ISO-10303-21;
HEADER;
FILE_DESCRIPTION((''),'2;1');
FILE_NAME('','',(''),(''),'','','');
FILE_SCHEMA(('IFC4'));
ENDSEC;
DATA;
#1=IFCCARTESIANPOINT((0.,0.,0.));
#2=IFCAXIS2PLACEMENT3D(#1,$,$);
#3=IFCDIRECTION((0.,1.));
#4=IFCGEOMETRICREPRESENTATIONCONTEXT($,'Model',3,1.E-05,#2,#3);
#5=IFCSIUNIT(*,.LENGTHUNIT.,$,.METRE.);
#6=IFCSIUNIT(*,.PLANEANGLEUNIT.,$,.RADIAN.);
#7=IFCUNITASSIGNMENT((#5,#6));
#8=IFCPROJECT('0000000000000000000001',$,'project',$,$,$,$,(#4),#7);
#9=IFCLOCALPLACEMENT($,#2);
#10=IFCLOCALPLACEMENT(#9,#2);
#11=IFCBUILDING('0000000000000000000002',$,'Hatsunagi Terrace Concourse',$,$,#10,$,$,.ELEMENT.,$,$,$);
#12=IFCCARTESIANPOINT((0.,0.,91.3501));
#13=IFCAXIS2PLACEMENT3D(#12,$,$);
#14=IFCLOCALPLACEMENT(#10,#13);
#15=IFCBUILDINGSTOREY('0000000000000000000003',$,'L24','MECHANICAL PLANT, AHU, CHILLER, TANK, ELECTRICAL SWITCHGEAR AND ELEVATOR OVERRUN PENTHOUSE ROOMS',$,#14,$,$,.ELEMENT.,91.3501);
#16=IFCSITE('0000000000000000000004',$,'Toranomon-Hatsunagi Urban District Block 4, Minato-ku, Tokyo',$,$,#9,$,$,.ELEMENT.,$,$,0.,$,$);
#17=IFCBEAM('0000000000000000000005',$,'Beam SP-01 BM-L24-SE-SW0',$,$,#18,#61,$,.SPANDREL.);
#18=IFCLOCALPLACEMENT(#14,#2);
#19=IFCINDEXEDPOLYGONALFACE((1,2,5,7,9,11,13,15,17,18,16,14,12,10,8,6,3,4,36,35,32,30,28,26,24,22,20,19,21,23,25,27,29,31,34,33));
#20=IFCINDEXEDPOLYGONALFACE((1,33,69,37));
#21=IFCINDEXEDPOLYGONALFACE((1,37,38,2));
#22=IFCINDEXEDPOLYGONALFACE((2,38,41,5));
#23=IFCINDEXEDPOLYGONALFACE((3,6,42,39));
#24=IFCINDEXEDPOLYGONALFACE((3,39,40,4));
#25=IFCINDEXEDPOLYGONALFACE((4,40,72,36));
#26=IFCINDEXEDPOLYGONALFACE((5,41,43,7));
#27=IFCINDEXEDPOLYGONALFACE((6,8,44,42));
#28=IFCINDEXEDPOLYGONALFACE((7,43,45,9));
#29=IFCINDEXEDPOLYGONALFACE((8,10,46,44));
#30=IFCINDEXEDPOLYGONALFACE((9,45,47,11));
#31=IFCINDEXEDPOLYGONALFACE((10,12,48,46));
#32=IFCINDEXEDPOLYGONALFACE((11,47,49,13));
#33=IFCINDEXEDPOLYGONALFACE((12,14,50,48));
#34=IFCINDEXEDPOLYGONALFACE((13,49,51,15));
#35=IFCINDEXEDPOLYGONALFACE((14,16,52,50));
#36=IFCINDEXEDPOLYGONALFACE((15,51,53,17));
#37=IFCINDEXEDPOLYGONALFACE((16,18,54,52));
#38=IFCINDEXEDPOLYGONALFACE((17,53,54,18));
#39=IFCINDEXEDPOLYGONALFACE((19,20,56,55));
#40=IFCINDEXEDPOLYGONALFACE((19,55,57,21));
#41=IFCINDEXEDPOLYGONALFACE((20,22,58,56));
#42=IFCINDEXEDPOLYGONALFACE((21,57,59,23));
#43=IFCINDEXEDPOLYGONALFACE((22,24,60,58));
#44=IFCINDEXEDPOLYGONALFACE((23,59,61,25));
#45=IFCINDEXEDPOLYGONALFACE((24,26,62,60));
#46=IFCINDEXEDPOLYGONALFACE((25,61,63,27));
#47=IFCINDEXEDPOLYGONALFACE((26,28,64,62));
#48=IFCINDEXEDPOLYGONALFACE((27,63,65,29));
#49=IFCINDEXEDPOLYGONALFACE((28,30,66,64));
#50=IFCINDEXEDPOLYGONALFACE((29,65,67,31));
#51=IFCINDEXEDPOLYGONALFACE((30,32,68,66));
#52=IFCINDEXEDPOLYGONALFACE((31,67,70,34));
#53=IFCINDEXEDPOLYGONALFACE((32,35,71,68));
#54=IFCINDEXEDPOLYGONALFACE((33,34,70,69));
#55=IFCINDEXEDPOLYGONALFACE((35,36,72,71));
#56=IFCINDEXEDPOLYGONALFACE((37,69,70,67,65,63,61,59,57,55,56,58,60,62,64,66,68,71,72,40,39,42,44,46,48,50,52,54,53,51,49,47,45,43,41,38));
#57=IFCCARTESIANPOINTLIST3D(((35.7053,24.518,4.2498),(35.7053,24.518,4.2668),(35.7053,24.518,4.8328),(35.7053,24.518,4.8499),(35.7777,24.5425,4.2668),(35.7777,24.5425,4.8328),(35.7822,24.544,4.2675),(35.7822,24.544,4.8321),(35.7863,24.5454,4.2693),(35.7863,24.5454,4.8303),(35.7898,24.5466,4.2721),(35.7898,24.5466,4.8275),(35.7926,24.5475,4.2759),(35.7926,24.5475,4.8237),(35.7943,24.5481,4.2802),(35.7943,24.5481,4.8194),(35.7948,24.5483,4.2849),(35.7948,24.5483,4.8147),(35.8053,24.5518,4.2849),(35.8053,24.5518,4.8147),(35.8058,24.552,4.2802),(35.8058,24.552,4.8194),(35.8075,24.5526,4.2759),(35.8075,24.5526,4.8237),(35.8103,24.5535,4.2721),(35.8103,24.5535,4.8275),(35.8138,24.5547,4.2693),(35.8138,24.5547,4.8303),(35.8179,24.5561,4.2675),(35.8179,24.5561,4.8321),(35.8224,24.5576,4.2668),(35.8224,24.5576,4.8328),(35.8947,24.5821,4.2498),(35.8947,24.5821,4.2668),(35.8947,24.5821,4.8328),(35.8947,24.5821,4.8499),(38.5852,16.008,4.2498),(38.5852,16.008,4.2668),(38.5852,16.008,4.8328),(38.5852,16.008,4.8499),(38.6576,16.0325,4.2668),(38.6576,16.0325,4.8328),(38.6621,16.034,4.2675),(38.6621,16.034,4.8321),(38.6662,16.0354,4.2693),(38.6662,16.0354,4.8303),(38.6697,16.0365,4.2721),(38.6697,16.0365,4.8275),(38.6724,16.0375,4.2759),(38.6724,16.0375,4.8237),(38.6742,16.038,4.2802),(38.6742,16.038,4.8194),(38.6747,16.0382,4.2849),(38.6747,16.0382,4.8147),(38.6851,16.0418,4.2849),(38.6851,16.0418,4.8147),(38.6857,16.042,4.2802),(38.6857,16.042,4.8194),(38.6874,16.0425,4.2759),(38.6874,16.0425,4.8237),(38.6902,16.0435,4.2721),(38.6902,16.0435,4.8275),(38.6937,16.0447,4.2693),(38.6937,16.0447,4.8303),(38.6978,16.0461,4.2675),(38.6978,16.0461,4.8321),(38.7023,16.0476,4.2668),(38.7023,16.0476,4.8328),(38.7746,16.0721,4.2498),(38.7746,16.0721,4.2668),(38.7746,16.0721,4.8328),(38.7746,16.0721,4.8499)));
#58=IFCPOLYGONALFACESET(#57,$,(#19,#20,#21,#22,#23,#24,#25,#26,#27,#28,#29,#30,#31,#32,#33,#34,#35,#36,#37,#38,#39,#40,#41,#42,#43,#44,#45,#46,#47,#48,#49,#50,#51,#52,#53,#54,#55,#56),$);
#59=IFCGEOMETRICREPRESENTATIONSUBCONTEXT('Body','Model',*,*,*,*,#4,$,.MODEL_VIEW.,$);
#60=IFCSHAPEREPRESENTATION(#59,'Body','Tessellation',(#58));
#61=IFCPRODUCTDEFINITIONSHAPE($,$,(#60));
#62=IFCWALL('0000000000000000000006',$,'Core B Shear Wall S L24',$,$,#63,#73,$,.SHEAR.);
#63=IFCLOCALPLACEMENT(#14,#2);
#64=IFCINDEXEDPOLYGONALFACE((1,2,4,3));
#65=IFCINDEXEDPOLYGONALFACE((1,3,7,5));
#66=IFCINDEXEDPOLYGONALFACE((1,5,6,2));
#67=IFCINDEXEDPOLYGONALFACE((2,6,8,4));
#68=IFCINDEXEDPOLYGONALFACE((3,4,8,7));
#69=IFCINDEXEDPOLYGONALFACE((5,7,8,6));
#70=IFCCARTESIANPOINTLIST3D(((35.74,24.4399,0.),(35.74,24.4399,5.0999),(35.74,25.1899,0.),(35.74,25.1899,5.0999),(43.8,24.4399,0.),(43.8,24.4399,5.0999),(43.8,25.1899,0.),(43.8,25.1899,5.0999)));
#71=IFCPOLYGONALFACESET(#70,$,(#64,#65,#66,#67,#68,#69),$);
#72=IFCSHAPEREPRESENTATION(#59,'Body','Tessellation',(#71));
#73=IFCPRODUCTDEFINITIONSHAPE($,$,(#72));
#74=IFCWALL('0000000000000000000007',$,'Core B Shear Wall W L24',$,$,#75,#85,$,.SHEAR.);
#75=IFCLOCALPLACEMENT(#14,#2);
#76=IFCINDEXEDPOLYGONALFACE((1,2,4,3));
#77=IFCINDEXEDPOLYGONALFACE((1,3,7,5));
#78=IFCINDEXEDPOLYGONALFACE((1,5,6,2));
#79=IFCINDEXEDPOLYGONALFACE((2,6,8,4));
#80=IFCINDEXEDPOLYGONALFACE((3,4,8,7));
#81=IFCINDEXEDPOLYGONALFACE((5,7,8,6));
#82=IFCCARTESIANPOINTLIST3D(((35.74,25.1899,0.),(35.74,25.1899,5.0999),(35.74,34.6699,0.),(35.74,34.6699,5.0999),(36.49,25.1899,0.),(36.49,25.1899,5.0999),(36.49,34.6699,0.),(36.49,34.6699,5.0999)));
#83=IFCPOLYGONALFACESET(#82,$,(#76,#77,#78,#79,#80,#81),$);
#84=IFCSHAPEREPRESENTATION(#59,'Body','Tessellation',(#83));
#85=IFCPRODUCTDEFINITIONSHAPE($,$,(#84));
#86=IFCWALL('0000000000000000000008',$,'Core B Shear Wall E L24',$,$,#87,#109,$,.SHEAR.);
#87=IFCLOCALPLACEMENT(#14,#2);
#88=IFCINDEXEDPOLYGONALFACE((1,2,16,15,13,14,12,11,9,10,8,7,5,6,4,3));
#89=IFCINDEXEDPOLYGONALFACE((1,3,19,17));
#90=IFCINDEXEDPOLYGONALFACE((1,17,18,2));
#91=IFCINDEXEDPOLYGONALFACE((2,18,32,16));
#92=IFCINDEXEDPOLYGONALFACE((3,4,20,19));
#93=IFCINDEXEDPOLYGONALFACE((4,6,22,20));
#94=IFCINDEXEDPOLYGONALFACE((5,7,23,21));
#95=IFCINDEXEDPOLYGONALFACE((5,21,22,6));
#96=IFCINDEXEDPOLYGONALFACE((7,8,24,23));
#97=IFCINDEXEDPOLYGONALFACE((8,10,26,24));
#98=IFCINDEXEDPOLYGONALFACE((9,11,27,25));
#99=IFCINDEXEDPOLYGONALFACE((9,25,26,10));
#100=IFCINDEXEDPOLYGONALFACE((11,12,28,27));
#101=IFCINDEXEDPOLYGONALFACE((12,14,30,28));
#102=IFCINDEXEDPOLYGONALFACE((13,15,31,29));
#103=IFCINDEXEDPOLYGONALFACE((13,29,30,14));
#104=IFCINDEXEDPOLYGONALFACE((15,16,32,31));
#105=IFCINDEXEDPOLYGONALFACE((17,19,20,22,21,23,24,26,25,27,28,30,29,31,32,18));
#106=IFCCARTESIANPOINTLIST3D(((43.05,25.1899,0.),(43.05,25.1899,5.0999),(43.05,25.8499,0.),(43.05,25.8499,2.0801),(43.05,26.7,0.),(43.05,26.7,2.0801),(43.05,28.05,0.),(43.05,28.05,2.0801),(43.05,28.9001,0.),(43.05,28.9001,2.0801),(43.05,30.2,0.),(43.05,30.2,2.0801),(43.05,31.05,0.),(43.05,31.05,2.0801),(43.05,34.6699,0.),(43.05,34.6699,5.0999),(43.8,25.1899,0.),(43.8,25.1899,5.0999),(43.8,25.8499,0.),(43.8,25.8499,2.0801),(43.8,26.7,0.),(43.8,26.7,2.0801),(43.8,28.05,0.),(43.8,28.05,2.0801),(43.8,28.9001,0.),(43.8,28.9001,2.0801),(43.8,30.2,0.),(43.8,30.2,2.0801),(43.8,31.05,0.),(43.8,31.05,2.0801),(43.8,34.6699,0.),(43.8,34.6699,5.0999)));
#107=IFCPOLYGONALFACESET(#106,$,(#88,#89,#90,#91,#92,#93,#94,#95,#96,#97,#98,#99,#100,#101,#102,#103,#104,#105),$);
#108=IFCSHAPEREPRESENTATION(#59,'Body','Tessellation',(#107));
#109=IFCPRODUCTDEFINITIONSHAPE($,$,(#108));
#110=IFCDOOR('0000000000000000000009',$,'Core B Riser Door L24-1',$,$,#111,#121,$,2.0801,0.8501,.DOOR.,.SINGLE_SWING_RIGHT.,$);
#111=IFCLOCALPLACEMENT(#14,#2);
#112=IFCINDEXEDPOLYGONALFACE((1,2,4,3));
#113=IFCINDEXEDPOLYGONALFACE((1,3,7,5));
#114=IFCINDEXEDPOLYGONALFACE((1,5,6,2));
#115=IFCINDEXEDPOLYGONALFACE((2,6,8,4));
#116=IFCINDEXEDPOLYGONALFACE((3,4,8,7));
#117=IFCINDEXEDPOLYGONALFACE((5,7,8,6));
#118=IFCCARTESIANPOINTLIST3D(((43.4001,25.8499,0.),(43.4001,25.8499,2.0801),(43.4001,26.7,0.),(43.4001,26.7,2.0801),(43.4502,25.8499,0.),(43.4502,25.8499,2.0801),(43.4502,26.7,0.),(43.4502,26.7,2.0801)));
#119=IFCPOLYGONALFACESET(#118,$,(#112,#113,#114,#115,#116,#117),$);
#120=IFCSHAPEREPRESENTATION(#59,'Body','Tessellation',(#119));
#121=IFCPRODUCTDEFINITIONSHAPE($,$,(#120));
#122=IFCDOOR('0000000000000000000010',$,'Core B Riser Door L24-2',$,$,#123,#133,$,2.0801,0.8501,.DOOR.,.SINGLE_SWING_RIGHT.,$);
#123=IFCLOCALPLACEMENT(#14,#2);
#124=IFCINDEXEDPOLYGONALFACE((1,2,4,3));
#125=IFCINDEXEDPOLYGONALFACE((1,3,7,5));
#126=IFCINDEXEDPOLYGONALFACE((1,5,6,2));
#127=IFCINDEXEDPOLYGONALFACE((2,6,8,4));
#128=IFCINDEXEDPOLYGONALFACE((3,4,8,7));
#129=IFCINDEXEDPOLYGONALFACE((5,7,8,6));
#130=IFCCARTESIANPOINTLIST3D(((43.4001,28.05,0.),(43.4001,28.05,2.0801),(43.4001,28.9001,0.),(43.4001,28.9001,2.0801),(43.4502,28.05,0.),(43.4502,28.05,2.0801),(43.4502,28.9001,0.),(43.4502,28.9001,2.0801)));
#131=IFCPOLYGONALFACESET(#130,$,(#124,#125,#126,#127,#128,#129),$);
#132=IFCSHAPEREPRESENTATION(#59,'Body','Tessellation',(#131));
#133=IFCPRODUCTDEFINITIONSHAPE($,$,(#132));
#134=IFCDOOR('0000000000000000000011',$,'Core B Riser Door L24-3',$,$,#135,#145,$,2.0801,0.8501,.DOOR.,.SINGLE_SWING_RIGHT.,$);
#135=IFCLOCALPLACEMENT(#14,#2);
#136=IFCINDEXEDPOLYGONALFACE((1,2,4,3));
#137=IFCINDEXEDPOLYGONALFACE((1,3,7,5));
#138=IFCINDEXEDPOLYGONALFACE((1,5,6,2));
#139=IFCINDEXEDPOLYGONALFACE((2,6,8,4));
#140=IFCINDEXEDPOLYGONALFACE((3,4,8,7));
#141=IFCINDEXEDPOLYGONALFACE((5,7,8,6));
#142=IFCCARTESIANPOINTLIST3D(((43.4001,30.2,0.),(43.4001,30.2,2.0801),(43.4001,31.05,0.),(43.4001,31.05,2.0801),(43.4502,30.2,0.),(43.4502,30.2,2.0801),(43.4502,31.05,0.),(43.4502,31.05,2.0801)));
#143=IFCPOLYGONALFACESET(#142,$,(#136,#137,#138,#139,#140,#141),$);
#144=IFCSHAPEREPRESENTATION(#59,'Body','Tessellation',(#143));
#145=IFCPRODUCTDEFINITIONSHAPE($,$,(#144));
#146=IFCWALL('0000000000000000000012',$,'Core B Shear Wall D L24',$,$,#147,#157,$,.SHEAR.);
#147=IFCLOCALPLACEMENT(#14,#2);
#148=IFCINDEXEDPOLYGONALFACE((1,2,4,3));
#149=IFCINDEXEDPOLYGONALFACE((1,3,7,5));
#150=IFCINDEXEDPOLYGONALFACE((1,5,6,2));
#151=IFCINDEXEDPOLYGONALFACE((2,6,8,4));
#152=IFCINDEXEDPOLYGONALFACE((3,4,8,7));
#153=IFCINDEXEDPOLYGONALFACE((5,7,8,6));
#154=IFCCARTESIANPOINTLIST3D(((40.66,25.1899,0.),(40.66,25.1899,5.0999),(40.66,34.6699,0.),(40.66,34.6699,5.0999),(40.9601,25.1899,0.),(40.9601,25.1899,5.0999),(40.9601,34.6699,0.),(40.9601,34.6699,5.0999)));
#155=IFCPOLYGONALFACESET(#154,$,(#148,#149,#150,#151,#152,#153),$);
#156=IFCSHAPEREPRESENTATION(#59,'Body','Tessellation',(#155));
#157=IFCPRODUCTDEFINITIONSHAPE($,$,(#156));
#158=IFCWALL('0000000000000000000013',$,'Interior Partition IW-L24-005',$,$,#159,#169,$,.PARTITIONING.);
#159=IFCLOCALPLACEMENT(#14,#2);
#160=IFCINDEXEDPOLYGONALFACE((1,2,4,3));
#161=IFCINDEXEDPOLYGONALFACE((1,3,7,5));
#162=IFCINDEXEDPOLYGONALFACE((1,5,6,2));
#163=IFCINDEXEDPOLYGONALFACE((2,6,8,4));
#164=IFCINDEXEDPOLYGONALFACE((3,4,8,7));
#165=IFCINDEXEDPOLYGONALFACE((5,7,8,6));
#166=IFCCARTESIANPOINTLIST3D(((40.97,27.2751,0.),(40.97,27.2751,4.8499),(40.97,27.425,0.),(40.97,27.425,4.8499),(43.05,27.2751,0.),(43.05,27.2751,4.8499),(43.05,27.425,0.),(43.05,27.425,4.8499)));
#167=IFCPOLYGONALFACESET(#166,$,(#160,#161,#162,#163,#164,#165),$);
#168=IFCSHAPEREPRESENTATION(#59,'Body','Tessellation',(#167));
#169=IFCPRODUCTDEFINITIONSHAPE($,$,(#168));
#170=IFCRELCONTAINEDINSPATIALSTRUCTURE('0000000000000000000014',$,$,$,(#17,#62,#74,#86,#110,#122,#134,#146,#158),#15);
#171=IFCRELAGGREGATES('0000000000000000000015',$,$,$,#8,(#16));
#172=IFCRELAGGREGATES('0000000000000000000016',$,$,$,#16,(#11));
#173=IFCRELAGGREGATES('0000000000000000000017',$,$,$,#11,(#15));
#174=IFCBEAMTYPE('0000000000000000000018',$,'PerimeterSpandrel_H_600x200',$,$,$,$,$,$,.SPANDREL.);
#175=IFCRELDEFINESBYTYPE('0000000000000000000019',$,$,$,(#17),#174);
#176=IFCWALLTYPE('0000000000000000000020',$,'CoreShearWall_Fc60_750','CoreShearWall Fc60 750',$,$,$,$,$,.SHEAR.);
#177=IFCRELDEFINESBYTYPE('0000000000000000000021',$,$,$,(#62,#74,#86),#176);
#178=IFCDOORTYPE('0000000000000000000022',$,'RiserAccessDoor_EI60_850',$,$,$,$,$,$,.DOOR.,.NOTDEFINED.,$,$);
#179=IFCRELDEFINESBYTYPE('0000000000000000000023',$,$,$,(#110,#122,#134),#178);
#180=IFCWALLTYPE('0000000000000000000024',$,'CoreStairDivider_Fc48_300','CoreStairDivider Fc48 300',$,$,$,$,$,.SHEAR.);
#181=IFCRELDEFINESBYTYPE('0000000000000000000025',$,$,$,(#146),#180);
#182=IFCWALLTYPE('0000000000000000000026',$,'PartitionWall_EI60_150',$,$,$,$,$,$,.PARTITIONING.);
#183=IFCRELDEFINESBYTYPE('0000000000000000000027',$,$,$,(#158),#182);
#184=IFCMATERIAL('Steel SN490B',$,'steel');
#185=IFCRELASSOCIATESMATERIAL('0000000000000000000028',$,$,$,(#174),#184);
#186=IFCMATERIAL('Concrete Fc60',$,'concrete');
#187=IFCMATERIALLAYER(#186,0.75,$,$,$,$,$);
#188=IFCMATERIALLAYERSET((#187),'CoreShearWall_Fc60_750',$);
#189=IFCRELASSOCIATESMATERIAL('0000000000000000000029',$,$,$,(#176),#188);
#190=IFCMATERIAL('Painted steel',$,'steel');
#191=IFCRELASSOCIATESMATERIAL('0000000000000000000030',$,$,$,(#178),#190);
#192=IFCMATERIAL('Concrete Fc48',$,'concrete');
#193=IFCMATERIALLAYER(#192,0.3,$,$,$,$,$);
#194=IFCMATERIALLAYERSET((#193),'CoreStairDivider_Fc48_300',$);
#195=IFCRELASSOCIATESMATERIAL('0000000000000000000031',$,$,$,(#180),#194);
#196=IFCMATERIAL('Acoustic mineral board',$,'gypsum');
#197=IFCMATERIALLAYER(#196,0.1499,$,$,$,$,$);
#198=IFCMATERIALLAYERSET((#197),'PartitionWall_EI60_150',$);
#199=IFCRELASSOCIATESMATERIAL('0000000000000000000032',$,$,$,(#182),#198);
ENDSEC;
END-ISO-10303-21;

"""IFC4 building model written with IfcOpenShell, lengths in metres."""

from ifc_helpers import new_model, si_unit, direction, frame, frame_2d, origin, origin_2d, place, context, subcontext, project, spatial, rectangle, i_section, extrude, material, layer, layer_set, material_profile, profile_set, type_object, element, fill, save


model = new_model("IFC4")

# Units and contexts
model_context = context("Model", 3, precision=1e-05, world=origin(), true_north=direction((0.0, 1.0)))
body_context = subcontext(model_context, "Body", "Model", "MODEL_VIEW")
ifc_project = project(units=[si_unit("LENGTHUNIT", "METRE"), si_unit("PLANEANGLEUNIT", "RADIAN")], contexts=[model_context])

# Site, building, storey
site_placement = place(None, origin())
site = spatial("IfcSite", under=ifc_project, at=site_placement, Name="Toranomon-Hatsunagi Urban District Block 4, Minato-ku, Tokyo", CompositionType="ELEMENT", RefElevation=0.0)
building_placement = place(site_placement, origin())
building = spatial("IfcBuilding", under=site, at=building_placement, Name="Hatsunagi Terrace Concourse", CompositionType="ELEMENT")
storey_placement = place(building_placement, frame((0.0, 0.0, 91.3501)))
storey = spatial("IfcBuildingStorey", under=building, at=storey_placement, Name="L24", Description="MECHANICAL PLANT, AHU, CHILLER, TANK, ELECTRICAL SWITCHGEAR AND ELEVATOR OVERRUN PENTHOUSE ROOMS", CompositionType="ELEMENT", Elevation=91.3501)

# Beam
ifc_material_1 = material(Name="Steel SN490B", Category="steel")
ifc_material_profile_1 = material_profile(ifc_material_1, i_section(OverallWidth=0.2, OverallDepth=0.6001, WebThickness=0.011, FlangeThickness=0.0171, FilletRadius=0.0181, at=origin_2d()), Name="H-600x200x11x17")
ifc_profile_set_1 = profile_set([ifc_material_profile_1], Name="Steel SN490B")
beam_type_1 = type_object("IfcBeamType", Name="PerimeterSpandrel_H_600x200", PredefinedType="SPANDREL", material=ifc_profile_set_1)
beam_1_placement = place(storey_placement, frame((35.8, 24.55, 4.5498), z_axis=(0.320553, -0.94723, 0.0), x_axis=(0.94723, 0.320553, 0.0)))
element("IfcBeam", 1, at=beam_1_placement, inside=storey, type_object=beam_type_1, Name="Beam SP-01 BM-L24-SE-SW0", PredefinedType="SPANDREL", context=body_context, shape_type="SweptSolid", body=[
    extrude(i_section(OverallWidth=0.2, OverallDepth=0.6001, WebThickness=0.011, FlangeThickness=0.0171, FilletRadius=0.0181, at=origin_2d()), origin(), (0.0, 0.0, 1.0), 8.9841),
])

# Walls
ifc_material_2 = material(Name="Concrete Fc60", Category="concrete")
ifc_layer_1 = layer(ifc_material_2, 0.75)
ifc_layer_set_1 = layer_set([ifc_layer_1], Name="CoreShearWall_Fc60_750")
wall_type_1 = type_object("IfcWallType", Name="CoreShearWall_Fc60_750", Description="CoreShearWall Fc60 750", PredefinedType="SHEAR", material=ifc_layer_set_1)
wall_1_placement = place(storey_placement, frame((35.74, 24.8149, 0.0), z_axis=(0.0, 0.0, 1.0), x_axis=(1.0, 0.0, 0.0)))
element("IfcWall", 2, at=wall_1_placement, inside=storey, type_object=wall_type_1, Name="Core B Shear Wall S L24", PredefinedType="SHEAR", context=body_context, shape_type="SweptSolid", body=[
    extrude(rectangle(XDim=8.0601, YDim=0.75, at=frame_2d((4.03, 0.0))), origin(), (0.0, 0.0, 1.0), 5.0999),
])
wall_2_placement = place(storey_placement, frame((36.115, 25.1899, 0.0), z_axis=(0.0, 0.0, 1.0), x_axis=(0.0, 1.0, 0.0)))
element("IfcWall", 3, at=wall_2_placement, inside=storey, type_object=wall_type_1, Name="Core B Shear Wall W L24", PredefinedType="SHEAR", context=body_context, shape_type="SweptSolid", body=[
    extrude(rectangle(XDim=9.48, YDim=0.75, at=frame_2d((4.74, 0.0))), origin(), (0.0, 0.0, 1.0), 5.0999),
])

# Wall, openings, doors
wall_3_placement = place(storey_placement, frame((43.425, 25.1899, 0.0), z_axis=(0.0, 0.0, 1.0), x_axis=(0.0, 1.0, 0.0)))
wall_3 = element("IfcWall", 4, at=wall_3_placement, inside=storey, type_object=wall_type_1, Name="Core B Shear Wall E L24", PredefinedType="SHEAR", context=body_context, shape_type="SweptSolid", body=[
    extrude(rectangle(XDim=9.48, YDim=0.75, at=frame_2d((4.74, 0.0))), origin(), (0.0, 0.0, 1.0), 5.0999),
])
opening_1_placement = place(wall_3_placement, frame((0.6599, 0.0, 0.0)))
opening_1 = element("IfcOpeningElement", 5, at=opening_1_placement, cuts=wall_3, PredefinedType="OPENING", context=body_context, shape_type="SweptSolid", body=[
    extrude(rectangle(XDim=0.8501, YDim=2.0801, at=frame_2d((0.425, 1.04))), frame((0.0, 0.385, 0.0), z_axis=(0.0, -1.0, 0.0), x_axis=(1.0, 0.0, 0.0)), (0.0, 0.0, 1.0), 0.77),
])
opening_2_placement = place(wall_3_placement, frame((2.8601, 0.0, 0.0)))
opening_2 = element("IfcOpeningElement", 6, at=opening_2_placement, cuts=wall_3, PredefinedType="OPENING", context=body_context, shape_type="SweptSolid", body=[
    extrude(rectangle(XDim=0.8501, YDim=2.0801, at=frame_2d((0.425, 1.04))), frame((0.0, 0.385, 0.0), z_axis=(0.0, -1.0, 0.0), x_axis=(1.0, 0.0, 0.0)), (0.0, 0.0, 1.0), 0.77),
])
opening_3_placement = place(wall_3_placement, frame((5.01, 0.0, 0.0)))
opening_3 = element("IfcOpeningElement", 7, at=opening_3_placement, cuts=wall_3, PredefinedType="OPENING", context=body_context, shape_type="SweptSolid", body=[
    extrude(rectangle(XDim=0.8501, YDim=2.0801, at=frame_2d((0.425, 1.04))), frame((0.0, 0.385, 0.0), z_axis=(0.0, -1.0, 0.0), x_axis=(1.0, 0.0, 0.0)), (0.0, 0.0, 1.0), 0.77),
])
ifc_material_3 = material(Name="Painted steel", Category="steel")
door_type_1 = type_object("IfcDoorType", Name="RiserAccessDoor_EI60_850", OperationType="NOTDEFINED", PredefinedType="DOOR", material=ifc_material_3)
door_1_placement = place(opening_1_placement, origin())
door_1 = element("IfcDoor", 8, at=door_1_placement, inside=storey, type_object=door_type_1, Name="Core B Riser Door L24-1", OperationType="SINGLE_SWING_RIGHT", OverallHeight=2.0801, OverallWidth=0.8501, PredefinedType="DOOR", context=body_context, shape_type="SweptSolid", body=[
    extrude(rectangle(XDim=0.8501, YDim=2.0801, at=frame_2d((0.425, 1.04))), frame((0.0, 0.0249, 0.0), z_axis=(0.0, -1.0, 0.0), x_axis=(1.0, 0.0, 0.0)), (0.0, 0.0, 1.0), 0.05),
])
fill(opening_1, door_1)
door_2_placement = place(opening_2_placement, origin())
door_2 = element("IfcDoor", 9, at=door_2_placement, inside=storey, type_object=door_type_1, Name="Core B Riser Door L24-2", OperationType="SINGLE_SWING_RIGHT", OverallHeight=2.0801, OverallWidth=0.8501, PredefinedType="DOOR", context=body_context, shape_type="SweptSolid", body=[
    extrude(rectangle(XDim=0.8501, YDim=2.0801, at=frame_2d((0.425, 1.04))), frame((0.0, 0.0249, 0.0), z_axis=(0.0, -1.0, 0.0), x_axis=(1.0, 0.0, 0.0)), (0.0, 0.0, 1.0), 0.05),
])
fill(opening_2, door_2)
door_3_placement = place(opening_3_placement, origin())
door_3 = element("IfcDoor", 10, at=door_3_placement, inside=storey, type_object=door_type_1, Name="Core B Riser Door L24-3", OperationType="SINGLE_SWING_RIGHT", OverallHeight=2.0801, OverallWidth=0.8501, PredefinedType="DOOR", context=body_context, shape_type="SweptSolid", body=[
    extrude(rectangle(XDim=0.8501, YDim=2.0801, at=frame_2d((0.425, 1.04))), frame((0.0, 0.0249, 0.0), z_axis=(0.0, -1.0, 0.0), x_axis=(1.0, 0.0, 0.0)), (0.0, 0.0, 1.0), 0.05),
])
fill(opening_3, door_3)

# Walls
ifc_material_4 = material(Name="Concrete Fc48", Category="concrete")
ifc_layer_2 = layer(ifc_material_4, 0.3)
ifc_layer_set_2 = layer_set([ifc_layer_2], Name="CoreStairDivider_Fc48_300")
wall_type_2 = type_object("IfcWallType", Name="CoreStairDivider_Fc48_300", Description="CoreStairDivider Fc48 300", PredefinedType="SHEAR", material=ifc_layer_set_2)
wall_4_placement = place(storey_placement, frame((40.8101, 25.1899, 0.0), z_axis=(0.0, 0.0, 1.0), x_axis=(0.0, 1.0, 0.0)))
element("IfcWall", 11, at=wall_4_placement, inside=storey, type_object=wall_type_2, Name="Core B Shear Wall D L24", PredefinedType="SHEAR", context=body_context, shape_type="SweptSolid", body=[
    extrude(rectangle(XDim=9.48, YDim=0.3, at=frame_2d((4.74, 0.0))), origin(), (0.0, 0.0, 1.0), 5.0999),
])
ifc_material_5 = material(Name="Acoustic mineral board", Category="gypsum")
ifc_layer_3 = layer(ifc_material_5, 0.1499)
ifc_layer_set_3 = layer_set([ifc_layer_3], Name="PartitionWall_EI60_150")
wall_type_3 = type_object("IfcWallType", Name="PartitionWall_EI60_150", PredefinedType="PARTITIONING", material=ifc_layer_set_3)
for number, where, z_axis, x_axis, name in (
    (12, (40.97, 27.3501, 0.0), (0.0, 0.0, 1.0), (1.0, 0.0, 0.0), "Interior Partition IW-L24-005"),
):
    element("IfcWall", number, at=place(storey_placement, frame(where, z_axis=z_axis, x_axis=x_axis)), inside=storey, type_object=wall_type_3, Name=name, PredefinedType="PARTITIONING", context=body_context, shape_type="SweptSolid", body=[
        extrude(rectangle(XDim=2.0801, YDim=0.1499, at=frame_2d((1.04, 0.0))), origin(), (0.0, 0.0, 1.0), 4.8499),
    ])

save(model, "model.ifc")
